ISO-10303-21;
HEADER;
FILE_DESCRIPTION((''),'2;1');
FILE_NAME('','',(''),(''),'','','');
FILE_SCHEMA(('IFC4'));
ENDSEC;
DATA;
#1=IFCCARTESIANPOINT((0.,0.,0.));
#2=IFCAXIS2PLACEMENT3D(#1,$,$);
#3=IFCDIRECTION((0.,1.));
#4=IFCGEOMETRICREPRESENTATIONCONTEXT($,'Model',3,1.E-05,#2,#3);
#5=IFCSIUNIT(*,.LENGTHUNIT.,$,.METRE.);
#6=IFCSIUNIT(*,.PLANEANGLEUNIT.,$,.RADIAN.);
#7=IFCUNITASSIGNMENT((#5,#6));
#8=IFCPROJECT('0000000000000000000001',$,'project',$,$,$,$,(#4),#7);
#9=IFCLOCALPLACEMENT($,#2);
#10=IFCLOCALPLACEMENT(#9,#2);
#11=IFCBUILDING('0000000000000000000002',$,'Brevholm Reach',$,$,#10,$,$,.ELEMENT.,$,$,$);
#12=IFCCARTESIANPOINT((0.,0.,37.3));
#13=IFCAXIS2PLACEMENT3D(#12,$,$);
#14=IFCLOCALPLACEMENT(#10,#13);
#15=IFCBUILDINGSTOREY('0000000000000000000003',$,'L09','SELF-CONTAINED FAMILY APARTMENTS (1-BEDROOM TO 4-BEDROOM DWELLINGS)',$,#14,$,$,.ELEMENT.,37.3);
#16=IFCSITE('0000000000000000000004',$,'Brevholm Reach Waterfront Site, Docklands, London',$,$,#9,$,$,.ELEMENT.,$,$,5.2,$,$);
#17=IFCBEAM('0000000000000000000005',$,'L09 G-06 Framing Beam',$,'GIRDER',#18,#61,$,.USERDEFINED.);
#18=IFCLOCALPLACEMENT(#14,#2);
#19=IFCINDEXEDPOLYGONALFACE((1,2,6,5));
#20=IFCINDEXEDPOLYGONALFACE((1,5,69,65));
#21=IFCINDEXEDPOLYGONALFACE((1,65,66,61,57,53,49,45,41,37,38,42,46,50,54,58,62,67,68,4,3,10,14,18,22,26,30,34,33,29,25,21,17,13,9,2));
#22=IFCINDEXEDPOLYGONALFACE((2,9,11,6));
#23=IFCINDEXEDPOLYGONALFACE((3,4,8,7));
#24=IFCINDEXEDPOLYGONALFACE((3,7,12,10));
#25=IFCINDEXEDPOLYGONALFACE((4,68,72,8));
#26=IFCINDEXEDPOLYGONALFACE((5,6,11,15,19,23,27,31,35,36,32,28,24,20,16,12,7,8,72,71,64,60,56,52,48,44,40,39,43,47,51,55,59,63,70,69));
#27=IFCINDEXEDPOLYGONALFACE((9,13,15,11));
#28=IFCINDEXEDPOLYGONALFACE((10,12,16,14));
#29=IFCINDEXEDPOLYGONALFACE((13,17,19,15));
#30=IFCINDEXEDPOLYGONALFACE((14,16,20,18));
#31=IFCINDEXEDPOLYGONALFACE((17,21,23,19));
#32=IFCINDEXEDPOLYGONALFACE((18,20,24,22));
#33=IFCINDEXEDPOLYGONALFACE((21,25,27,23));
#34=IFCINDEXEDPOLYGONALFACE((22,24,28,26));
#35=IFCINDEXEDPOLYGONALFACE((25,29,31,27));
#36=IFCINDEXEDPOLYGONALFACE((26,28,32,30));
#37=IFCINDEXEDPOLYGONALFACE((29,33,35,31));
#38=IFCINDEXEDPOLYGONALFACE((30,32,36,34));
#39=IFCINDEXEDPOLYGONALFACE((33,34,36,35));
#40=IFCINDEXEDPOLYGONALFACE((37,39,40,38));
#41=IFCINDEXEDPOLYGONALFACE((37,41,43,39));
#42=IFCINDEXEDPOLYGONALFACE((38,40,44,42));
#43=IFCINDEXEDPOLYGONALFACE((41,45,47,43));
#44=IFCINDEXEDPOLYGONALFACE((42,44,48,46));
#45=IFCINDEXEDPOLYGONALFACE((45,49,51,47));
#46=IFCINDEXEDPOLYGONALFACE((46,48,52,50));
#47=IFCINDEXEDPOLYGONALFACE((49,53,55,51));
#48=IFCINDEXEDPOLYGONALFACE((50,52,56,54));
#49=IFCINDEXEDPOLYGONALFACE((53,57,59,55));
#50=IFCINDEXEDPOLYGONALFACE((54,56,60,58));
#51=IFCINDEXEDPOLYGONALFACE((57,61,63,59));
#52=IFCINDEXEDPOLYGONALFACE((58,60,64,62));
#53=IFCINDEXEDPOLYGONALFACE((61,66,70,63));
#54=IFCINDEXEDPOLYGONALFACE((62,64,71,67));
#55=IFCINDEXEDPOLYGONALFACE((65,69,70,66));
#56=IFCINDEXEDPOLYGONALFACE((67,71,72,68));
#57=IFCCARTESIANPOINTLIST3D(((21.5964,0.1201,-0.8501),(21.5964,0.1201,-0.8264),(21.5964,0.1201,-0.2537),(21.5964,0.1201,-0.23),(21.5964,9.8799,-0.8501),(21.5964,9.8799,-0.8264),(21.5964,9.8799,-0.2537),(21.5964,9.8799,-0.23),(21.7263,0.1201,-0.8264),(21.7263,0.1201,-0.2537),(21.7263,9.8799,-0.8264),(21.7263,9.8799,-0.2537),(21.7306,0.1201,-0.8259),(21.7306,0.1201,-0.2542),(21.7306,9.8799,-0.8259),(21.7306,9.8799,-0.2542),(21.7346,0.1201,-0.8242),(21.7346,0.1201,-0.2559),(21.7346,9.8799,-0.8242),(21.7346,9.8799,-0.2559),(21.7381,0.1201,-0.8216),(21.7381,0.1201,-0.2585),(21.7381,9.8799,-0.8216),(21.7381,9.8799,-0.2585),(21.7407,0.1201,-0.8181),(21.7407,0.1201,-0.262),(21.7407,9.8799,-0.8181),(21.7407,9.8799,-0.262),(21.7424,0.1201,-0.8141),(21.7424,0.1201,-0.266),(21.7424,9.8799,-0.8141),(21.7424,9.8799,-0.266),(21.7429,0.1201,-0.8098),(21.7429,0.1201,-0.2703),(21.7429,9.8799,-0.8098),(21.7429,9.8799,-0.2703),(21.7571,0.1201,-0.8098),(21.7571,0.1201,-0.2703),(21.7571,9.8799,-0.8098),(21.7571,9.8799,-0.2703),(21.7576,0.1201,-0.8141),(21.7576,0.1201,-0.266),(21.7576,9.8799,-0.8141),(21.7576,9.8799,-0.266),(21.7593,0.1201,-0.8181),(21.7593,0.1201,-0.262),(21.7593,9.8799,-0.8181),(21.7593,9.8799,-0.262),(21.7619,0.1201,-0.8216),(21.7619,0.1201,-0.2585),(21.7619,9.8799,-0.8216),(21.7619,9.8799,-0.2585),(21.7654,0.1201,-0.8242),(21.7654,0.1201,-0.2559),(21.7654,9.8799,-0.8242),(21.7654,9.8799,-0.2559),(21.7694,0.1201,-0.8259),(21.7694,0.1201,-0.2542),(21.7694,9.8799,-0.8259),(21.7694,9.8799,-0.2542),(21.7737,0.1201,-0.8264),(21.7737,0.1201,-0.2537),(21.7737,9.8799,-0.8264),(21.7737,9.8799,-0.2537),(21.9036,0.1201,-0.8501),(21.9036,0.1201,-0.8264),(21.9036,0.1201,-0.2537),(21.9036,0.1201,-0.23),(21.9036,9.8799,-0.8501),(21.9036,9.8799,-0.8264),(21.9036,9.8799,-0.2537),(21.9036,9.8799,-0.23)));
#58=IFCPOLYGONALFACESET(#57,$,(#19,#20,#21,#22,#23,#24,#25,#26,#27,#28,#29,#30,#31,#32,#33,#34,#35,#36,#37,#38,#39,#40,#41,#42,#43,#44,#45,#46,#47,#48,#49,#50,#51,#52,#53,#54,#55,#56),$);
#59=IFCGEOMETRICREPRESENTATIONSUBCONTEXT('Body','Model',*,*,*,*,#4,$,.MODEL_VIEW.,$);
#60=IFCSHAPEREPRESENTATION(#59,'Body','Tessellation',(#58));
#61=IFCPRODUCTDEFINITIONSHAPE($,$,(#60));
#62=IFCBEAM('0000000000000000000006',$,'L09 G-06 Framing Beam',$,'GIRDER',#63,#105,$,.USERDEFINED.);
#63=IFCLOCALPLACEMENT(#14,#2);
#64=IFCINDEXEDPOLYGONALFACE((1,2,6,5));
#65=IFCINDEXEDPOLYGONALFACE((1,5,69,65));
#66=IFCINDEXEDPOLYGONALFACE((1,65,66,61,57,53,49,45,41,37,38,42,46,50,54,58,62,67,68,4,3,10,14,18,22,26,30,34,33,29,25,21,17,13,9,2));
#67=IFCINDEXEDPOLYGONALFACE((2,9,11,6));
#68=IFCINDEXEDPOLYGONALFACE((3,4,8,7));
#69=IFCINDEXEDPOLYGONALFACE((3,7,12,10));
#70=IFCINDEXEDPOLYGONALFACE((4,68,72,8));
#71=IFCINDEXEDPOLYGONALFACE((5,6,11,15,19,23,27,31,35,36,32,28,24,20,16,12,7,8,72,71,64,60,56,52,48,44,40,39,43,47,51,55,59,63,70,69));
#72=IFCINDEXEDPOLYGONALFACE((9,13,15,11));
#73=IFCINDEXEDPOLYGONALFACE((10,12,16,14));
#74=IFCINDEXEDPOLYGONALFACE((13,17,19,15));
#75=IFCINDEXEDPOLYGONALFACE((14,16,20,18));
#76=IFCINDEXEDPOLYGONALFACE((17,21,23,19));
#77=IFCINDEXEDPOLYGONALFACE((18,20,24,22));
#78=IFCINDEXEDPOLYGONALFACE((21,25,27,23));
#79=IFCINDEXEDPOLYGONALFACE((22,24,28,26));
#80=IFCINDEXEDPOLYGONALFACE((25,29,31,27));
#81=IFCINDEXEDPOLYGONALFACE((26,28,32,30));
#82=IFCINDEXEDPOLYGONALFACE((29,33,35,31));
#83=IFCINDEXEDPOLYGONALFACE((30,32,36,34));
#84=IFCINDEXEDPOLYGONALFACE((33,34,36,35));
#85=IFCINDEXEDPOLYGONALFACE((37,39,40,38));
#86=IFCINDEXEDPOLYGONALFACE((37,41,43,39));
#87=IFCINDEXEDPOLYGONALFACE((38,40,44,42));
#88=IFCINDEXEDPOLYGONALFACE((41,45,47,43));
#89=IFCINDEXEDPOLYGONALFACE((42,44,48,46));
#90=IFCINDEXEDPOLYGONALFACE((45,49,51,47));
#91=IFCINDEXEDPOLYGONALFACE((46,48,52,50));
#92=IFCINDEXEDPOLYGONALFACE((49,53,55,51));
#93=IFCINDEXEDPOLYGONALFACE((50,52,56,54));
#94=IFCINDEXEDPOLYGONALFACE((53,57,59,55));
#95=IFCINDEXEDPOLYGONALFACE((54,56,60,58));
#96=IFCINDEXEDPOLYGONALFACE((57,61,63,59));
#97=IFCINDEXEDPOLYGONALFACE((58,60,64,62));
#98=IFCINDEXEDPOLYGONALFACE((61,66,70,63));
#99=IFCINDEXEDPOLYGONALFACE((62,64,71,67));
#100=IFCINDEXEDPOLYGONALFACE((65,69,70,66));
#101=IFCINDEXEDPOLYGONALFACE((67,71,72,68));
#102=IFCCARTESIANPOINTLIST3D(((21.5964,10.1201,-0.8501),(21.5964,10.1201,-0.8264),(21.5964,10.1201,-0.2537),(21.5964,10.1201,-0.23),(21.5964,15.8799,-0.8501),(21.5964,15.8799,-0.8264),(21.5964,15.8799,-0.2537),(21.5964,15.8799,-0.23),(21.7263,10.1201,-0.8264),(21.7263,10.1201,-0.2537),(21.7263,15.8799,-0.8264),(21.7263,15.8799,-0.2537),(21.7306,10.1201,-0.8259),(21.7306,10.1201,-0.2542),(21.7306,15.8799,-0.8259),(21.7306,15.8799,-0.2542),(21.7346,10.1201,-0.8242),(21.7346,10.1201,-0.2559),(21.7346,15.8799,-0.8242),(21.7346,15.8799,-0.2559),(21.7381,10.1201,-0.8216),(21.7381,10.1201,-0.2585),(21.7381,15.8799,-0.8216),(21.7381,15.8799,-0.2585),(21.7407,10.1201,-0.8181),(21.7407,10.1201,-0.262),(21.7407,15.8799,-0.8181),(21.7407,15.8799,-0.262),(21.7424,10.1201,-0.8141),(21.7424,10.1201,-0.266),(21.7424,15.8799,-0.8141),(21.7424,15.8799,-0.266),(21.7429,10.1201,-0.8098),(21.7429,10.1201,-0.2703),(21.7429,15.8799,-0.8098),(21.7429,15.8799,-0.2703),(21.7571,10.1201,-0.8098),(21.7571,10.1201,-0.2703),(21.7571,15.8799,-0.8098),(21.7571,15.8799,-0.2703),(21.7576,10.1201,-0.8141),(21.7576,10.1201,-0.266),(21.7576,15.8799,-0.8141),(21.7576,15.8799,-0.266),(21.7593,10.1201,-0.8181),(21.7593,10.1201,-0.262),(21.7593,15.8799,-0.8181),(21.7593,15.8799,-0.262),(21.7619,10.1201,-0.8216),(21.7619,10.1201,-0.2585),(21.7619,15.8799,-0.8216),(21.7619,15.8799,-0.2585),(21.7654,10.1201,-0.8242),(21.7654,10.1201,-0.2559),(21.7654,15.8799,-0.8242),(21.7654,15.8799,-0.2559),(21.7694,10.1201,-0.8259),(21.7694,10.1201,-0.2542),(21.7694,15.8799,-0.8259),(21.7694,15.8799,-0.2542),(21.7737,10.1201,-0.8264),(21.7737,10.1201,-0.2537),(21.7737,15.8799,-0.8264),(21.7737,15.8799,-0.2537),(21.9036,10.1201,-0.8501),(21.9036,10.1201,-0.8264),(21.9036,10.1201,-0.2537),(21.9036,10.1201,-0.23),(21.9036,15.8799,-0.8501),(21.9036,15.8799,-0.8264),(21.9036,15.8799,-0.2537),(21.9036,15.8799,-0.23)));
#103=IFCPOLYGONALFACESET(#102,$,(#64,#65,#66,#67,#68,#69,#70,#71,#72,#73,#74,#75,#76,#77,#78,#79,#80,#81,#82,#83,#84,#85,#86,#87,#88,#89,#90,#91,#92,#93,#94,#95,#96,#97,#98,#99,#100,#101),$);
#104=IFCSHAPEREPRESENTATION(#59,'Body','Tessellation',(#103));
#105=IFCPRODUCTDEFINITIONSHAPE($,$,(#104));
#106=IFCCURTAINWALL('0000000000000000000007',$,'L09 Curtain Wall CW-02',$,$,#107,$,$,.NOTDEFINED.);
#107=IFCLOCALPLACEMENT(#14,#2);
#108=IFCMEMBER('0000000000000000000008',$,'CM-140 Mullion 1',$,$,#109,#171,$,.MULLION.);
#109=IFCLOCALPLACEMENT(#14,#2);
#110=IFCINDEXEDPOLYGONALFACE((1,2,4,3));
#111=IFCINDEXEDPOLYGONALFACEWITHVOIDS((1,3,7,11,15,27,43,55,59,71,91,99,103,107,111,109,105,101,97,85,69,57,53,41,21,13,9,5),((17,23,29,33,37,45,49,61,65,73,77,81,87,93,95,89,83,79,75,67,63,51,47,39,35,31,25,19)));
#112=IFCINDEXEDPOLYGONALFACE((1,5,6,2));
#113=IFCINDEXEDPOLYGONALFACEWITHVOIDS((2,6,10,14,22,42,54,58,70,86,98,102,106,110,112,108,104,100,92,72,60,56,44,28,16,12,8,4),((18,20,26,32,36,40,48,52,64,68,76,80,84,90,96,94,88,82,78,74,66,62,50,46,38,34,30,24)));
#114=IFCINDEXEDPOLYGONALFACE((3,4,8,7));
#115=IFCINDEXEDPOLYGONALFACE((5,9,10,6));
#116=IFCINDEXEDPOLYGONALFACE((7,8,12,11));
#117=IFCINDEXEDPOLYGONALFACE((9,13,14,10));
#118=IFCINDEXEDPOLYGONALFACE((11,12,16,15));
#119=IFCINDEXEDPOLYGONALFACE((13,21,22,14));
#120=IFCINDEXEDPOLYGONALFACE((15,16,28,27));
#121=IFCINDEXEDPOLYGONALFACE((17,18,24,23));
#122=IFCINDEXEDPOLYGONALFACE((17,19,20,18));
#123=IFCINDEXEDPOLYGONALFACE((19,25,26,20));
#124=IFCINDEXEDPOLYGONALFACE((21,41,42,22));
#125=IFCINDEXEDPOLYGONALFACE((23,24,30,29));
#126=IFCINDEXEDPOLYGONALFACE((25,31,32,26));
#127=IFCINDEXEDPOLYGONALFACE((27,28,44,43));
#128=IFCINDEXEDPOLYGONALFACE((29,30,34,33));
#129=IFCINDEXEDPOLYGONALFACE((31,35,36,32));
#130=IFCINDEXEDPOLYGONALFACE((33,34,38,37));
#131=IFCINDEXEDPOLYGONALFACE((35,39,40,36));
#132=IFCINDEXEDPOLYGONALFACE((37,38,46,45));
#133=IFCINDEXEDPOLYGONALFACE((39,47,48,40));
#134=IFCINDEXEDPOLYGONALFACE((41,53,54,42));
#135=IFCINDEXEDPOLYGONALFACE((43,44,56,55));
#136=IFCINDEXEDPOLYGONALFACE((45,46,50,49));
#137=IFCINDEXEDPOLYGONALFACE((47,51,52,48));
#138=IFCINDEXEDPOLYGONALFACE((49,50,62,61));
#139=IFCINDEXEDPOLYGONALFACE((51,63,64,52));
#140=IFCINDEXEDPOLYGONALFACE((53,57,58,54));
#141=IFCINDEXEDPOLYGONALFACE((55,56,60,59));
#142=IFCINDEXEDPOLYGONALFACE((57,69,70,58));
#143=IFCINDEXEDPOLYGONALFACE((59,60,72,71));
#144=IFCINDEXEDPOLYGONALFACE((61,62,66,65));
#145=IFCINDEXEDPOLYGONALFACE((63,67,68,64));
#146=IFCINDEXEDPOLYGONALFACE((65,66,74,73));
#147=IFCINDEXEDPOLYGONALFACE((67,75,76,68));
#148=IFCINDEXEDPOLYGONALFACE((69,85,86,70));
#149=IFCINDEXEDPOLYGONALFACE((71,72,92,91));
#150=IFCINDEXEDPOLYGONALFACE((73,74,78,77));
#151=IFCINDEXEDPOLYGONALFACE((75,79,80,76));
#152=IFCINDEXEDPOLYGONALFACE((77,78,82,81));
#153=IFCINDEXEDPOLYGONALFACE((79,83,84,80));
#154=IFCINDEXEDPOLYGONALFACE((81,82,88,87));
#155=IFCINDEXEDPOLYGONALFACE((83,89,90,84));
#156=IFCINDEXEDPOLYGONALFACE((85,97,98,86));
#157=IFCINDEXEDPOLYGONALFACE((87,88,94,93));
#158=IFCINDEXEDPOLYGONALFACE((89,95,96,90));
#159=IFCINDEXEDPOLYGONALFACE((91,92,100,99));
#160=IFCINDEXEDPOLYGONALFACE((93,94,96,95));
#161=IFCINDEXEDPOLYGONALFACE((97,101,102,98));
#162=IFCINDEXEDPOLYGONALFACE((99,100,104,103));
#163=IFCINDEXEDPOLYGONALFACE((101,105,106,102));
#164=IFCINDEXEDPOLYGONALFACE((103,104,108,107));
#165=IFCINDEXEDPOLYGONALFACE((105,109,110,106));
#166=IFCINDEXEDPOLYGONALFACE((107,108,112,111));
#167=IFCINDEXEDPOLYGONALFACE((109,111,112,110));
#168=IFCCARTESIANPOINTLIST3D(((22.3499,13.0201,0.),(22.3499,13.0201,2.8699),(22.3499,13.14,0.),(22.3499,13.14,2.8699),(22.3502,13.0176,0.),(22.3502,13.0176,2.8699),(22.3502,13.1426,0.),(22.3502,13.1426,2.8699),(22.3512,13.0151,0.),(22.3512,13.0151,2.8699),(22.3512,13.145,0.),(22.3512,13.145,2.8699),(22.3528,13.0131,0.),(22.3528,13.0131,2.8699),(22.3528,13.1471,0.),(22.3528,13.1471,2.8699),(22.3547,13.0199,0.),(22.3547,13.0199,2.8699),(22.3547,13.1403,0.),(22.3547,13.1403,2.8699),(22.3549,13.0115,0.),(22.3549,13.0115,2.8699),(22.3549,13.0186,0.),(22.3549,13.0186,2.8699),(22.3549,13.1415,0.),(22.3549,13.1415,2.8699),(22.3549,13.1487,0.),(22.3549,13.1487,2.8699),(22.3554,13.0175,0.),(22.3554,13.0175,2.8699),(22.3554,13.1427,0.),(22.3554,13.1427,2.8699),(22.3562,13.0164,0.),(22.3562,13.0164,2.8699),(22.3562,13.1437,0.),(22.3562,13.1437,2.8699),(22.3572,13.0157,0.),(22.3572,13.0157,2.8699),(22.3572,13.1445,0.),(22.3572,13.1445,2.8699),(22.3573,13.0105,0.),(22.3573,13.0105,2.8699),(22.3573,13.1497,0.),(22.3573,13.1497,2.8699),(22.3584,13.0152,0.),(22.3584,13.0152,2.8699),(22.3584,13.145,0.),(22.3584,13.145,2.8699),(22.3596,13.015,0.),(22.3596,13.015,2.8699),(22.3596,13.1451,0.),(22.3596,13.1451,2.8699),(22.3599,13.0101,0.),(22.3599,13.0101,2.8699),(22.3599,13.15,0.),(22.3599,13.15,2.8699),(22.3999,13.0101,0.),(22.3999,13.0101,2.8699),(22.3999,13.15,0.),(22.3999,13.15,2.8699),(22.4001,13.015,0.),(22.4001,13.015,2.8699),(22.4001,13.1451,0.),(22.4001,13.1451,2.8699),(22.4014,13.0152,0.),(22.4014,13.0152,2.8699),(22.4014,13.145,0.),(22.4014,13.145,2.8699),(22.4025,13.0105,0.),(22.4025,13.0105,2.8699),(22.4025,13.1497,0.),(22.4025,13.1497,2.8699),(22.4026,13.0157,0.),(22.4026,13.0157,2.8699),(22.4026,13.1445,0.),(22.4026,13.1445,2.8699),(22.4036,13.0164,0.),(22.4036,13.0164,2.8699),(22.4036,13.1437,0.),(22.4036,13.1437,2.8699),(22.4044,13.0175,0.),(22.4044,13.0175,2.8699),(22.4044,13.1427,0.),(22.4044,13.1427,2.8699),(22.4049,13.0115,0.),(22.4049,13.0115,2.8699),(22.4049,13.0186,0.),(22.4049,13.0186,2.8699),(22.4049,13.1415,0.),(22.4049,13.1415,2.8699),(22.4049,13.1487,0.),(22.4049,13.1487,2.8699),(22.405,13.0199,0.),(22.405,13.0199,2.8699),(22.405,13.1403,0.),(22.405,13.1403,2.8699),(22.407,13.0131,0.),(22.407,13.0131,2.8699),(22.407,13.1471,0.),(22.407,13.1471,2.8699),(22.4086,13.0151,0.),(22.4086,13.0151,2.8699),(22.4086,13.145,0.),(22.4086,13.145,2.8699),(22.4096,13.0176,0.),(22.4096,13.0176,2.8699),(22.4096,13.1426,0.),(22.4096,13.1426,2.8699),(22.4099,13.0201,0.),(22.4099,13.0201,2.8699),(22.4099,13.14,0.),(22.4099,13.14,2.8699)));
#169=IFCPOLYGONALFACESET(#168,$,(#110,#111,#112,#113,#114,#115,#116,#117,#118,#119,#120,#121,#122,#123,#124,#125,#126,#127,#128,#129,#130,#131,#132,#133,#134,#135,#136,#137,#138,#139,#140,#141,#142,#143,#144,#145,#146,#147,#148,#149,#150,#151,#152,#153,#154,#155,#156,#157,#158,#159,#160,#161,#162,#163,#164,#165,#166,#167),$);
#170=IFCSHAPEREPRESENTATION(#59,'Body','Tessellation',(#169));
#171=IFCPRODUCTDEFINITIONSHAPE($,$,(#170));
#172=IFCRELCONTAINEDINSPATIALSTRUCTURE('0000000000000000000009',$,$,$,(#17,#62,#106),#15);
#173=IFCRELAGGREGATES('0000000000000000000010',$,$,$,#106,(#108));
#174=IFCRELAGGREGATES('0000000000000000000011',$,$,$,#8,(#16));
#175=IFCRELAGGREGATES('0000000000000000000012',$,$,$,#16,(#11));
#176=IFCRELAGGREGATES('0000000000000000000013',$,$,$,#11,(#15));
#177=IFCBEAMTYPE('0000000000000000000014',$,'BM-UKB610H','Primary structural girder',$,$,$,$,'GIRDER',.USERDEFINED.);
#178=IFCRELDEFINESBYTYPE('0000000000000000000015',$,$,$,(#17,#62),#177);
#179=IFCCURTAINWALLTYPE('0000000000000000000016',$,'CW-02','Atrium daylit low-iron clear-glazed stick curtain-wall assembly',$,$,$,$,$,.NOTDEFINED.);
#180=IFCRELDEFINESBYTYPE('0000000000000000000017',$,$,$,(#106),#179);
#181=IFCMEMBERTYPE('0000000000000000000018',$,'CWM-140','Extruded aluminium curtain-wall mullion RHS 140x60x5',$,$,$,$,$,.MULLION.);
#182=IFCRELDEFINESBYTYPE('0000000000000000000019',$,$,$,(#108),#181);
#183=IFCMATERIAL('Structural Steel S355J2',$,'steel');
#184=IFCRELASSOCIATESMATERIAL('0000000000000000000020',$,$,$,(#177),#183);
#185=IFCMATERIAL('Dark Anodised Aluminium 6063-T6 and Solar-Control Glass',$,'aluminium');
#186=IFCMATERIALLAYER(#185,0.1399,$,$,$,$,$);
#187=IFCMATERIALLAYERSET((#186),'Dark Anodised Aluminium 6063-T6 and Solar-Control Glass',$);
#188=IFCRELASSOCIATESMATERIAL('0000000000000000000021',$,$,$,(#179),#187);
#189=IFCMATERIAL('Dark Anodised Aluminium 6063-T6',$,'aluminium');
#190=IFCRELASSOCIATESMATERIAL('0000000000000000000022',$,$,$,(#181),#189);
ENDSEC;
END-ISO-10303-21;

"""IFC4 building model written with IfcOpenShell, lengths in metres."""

from ifc_helpers import new_model, si_unit, direction, frame, origin, origin_2d, place, context, subcontext, project, spatial, hollow_rectangle, i_section, extrude, material, layer, layer_set, material_profile, profile_set, type_object, element, aggregate, save


model = new_model("IFC4")

# Units and contexts
model_context = context("Model", 3, precision=1e-05, world=origin(), true_north=direction((0.0, 1.0)))
body_context = subcontext(model_context, "Body", "Model", "MODEL_VIEW")
ifc_project = project(units=[si_unit("LENGTHUNIT", "METRE"), si_unit("PLANEANGLEUNIT", "RADIAN")], contexts=[model_context])

# Site, building, storey
site_placement = place(None, origin())
site = spatial("IfcSite", under=ifc_project, at=site_placement, Name="Brevholm Reach Waterfront Site, Docklands, London", CompositionType="ELEMENT", RefElevation=5.2)
building_placement = place(site_placement, origin())
building = spatial("IfcBuilding", under=site, at=building_placement, Name="Brevholm Reach", CompositionType="ELEMENT")
storey_placement = place(building_placement, frame((0.0, 0.0, 37.3)))
storey = spatial("IfcBuildingStorey", under=building, at=storey_placement, Name="L09", Description="SELF-CONTAINED FAMILY APARTMENTS (1-BEDROOM TO 4-BEDROOM DWELLINGS)", CompositionType="ELEMENT", Elevation=37.3)

# Beams
ifc_material_1 = material(Name="Structural Steel S355J2", Category="steel")
ifc_material_profile_1 = material_profile(ifc_material_1, i_section(OverallWidth=0.3071, OverallDepth=0.6201, WebThickness=0.0142, FlangeThickness=0.0237, FilletRadius=0.0166, at=origin_2d()), Name="UKB 610x305x179")
ifc_profile_set_1 = profile_set([ifc_material_profile_1], Name="Structural Steel S355J2")
beam_type_1 = type_object("IfcBeamType", Name="BM-UKB610H", Description="Primary structural girder", ElementType="GIRDER", PredefinedType="USERDEFINED", material=ifc_profile_set_1)
beam_1_placement = place(storey_placement, frame((21.75, 0.1201, -0.54), z_axis=(0.0, 1.0, 0.0), x_axis=(-1.0, 0.0, 0.0)))
element("IfcBeam", 1, at=beam_1_placement, inside=storey, type_object=beam_type_1, Name="L09 G-06 Framing Beam", ObjectType="GIRDER", PredefinedType="USERDEFINED", context=body_context, shape_type="SweptSolid", body=[
    extrude(i_section(OverallWidth=0.3071, OverallDepth=0.6201, WebThickness=0.0142, FlangeThickness=0.0237, FilletRadius=0.0166, at=origin_2d()), origin(), (0.0, 0.0, 1.0), 9.7598),
])
beam_2_placement = place(storey_placement, frame((21.75, 10.1201, -0.54), z_axis=(0.0, 1.0, 0.0), x_axis=(-1.0, 0.0, 0.0)))
element("IfcBeam", 2, at=beam_2_placement, inside=storey, type_object=beam_type_1, Name="L09 G-06 Framing Beam", ObjectType="GIRDER", PredefinedType="USERDEFINED", context=body_context, shape_type="SweptSolid", body=[
    extrude(i_section(OverallWidth=0.3071, OverallDepth=0.6201, WebThickness=0.0142, FlangeThickness=0.0237, FilletRadius=0.0166, at=origin_2d()), origin(), (0.0, 0.0, 1.0), 5.7598),
])

# Curtain wall, member
ifc_material_2 = material(Name="Dark Anodised Aluminium 6063-T6 and Solar-Control Glass", Category="aluminium")
ifc_layer_1 = layer(ifc_material_2, 0.1399)
ifc_layer_set_1 = layer_set([ifc_layer_1], Name="Dark Anodised Aluminium 6063-T6 and Solar-Control Glass")
curtain_wall_type = type_object("IfcCurtainWallType", Name="CW-02", Description="Atrium daylit low-iron clear-glazed stick curtain-wall assembly", PredefinedType="NOTDEFINED", material=ifc_layer_set_1)
curtain_wall_placement = place(storey_placement, origin())
curtain_wall = element("IfcCurtainWall", 3, at=curtain_wall_placement, inside=storey, type_object=curtain_wall_type, Name="L09 Curtain Wall CW-02", PredefinedType="NOTDEFINED")
ifc_material_3 = material(Name="Dark Anodised Aluminium 6063-T6", Category="aluminium")
ifc_material_profile_2 = material_profile(ifc_material_3, hollow_rectangle(XDim=0.0601, YDim=0.1399, WallThickness=0.0049, InnerFilletRadius=0.0049, OuterFilletRadius=0.01, at=origin_2d()), Name="RHS 140x60x5")
ifc_profile_set_2 = profile_set([ifc_material_profile_2], Name="Dark Anodised Aluminium 6063-T6")
member_type_1 = type_object("IfcMemberType", Name="CWM-140", Description="Extruded aluminium curtain-wall mullion RHS 140x60x5", PredefinedType="MULLION", material=ifc_profile_set_2)
member_1_placement = place(storey_placement, frame((22.3799, 13.0801, 0.0), z_axis=(0.0, 0.0, 1.0), x_axis=(1.0, 0.0, 0.0)))
member_1 = element("IfcMember", 4, at=member_1_placement, type_object=member_type_1, Name="CM-140 Mullion 1", PredefinedType="MULLION", context=body_context, shape_type="SweptSolid", body=[
    extrude(hollow_rectangle(XDim=0.0601, YDim=0.1399, WallThickness=0.0049, InnerFilletRadius=0.0049, OuterFilletRadius=0.01, at=origin_2d()), origin(), (0.0, 0.0, 1.0), 2.8699),
])
aggregate(curtain_wall, [member_1])

save(model, "model.ifc")
